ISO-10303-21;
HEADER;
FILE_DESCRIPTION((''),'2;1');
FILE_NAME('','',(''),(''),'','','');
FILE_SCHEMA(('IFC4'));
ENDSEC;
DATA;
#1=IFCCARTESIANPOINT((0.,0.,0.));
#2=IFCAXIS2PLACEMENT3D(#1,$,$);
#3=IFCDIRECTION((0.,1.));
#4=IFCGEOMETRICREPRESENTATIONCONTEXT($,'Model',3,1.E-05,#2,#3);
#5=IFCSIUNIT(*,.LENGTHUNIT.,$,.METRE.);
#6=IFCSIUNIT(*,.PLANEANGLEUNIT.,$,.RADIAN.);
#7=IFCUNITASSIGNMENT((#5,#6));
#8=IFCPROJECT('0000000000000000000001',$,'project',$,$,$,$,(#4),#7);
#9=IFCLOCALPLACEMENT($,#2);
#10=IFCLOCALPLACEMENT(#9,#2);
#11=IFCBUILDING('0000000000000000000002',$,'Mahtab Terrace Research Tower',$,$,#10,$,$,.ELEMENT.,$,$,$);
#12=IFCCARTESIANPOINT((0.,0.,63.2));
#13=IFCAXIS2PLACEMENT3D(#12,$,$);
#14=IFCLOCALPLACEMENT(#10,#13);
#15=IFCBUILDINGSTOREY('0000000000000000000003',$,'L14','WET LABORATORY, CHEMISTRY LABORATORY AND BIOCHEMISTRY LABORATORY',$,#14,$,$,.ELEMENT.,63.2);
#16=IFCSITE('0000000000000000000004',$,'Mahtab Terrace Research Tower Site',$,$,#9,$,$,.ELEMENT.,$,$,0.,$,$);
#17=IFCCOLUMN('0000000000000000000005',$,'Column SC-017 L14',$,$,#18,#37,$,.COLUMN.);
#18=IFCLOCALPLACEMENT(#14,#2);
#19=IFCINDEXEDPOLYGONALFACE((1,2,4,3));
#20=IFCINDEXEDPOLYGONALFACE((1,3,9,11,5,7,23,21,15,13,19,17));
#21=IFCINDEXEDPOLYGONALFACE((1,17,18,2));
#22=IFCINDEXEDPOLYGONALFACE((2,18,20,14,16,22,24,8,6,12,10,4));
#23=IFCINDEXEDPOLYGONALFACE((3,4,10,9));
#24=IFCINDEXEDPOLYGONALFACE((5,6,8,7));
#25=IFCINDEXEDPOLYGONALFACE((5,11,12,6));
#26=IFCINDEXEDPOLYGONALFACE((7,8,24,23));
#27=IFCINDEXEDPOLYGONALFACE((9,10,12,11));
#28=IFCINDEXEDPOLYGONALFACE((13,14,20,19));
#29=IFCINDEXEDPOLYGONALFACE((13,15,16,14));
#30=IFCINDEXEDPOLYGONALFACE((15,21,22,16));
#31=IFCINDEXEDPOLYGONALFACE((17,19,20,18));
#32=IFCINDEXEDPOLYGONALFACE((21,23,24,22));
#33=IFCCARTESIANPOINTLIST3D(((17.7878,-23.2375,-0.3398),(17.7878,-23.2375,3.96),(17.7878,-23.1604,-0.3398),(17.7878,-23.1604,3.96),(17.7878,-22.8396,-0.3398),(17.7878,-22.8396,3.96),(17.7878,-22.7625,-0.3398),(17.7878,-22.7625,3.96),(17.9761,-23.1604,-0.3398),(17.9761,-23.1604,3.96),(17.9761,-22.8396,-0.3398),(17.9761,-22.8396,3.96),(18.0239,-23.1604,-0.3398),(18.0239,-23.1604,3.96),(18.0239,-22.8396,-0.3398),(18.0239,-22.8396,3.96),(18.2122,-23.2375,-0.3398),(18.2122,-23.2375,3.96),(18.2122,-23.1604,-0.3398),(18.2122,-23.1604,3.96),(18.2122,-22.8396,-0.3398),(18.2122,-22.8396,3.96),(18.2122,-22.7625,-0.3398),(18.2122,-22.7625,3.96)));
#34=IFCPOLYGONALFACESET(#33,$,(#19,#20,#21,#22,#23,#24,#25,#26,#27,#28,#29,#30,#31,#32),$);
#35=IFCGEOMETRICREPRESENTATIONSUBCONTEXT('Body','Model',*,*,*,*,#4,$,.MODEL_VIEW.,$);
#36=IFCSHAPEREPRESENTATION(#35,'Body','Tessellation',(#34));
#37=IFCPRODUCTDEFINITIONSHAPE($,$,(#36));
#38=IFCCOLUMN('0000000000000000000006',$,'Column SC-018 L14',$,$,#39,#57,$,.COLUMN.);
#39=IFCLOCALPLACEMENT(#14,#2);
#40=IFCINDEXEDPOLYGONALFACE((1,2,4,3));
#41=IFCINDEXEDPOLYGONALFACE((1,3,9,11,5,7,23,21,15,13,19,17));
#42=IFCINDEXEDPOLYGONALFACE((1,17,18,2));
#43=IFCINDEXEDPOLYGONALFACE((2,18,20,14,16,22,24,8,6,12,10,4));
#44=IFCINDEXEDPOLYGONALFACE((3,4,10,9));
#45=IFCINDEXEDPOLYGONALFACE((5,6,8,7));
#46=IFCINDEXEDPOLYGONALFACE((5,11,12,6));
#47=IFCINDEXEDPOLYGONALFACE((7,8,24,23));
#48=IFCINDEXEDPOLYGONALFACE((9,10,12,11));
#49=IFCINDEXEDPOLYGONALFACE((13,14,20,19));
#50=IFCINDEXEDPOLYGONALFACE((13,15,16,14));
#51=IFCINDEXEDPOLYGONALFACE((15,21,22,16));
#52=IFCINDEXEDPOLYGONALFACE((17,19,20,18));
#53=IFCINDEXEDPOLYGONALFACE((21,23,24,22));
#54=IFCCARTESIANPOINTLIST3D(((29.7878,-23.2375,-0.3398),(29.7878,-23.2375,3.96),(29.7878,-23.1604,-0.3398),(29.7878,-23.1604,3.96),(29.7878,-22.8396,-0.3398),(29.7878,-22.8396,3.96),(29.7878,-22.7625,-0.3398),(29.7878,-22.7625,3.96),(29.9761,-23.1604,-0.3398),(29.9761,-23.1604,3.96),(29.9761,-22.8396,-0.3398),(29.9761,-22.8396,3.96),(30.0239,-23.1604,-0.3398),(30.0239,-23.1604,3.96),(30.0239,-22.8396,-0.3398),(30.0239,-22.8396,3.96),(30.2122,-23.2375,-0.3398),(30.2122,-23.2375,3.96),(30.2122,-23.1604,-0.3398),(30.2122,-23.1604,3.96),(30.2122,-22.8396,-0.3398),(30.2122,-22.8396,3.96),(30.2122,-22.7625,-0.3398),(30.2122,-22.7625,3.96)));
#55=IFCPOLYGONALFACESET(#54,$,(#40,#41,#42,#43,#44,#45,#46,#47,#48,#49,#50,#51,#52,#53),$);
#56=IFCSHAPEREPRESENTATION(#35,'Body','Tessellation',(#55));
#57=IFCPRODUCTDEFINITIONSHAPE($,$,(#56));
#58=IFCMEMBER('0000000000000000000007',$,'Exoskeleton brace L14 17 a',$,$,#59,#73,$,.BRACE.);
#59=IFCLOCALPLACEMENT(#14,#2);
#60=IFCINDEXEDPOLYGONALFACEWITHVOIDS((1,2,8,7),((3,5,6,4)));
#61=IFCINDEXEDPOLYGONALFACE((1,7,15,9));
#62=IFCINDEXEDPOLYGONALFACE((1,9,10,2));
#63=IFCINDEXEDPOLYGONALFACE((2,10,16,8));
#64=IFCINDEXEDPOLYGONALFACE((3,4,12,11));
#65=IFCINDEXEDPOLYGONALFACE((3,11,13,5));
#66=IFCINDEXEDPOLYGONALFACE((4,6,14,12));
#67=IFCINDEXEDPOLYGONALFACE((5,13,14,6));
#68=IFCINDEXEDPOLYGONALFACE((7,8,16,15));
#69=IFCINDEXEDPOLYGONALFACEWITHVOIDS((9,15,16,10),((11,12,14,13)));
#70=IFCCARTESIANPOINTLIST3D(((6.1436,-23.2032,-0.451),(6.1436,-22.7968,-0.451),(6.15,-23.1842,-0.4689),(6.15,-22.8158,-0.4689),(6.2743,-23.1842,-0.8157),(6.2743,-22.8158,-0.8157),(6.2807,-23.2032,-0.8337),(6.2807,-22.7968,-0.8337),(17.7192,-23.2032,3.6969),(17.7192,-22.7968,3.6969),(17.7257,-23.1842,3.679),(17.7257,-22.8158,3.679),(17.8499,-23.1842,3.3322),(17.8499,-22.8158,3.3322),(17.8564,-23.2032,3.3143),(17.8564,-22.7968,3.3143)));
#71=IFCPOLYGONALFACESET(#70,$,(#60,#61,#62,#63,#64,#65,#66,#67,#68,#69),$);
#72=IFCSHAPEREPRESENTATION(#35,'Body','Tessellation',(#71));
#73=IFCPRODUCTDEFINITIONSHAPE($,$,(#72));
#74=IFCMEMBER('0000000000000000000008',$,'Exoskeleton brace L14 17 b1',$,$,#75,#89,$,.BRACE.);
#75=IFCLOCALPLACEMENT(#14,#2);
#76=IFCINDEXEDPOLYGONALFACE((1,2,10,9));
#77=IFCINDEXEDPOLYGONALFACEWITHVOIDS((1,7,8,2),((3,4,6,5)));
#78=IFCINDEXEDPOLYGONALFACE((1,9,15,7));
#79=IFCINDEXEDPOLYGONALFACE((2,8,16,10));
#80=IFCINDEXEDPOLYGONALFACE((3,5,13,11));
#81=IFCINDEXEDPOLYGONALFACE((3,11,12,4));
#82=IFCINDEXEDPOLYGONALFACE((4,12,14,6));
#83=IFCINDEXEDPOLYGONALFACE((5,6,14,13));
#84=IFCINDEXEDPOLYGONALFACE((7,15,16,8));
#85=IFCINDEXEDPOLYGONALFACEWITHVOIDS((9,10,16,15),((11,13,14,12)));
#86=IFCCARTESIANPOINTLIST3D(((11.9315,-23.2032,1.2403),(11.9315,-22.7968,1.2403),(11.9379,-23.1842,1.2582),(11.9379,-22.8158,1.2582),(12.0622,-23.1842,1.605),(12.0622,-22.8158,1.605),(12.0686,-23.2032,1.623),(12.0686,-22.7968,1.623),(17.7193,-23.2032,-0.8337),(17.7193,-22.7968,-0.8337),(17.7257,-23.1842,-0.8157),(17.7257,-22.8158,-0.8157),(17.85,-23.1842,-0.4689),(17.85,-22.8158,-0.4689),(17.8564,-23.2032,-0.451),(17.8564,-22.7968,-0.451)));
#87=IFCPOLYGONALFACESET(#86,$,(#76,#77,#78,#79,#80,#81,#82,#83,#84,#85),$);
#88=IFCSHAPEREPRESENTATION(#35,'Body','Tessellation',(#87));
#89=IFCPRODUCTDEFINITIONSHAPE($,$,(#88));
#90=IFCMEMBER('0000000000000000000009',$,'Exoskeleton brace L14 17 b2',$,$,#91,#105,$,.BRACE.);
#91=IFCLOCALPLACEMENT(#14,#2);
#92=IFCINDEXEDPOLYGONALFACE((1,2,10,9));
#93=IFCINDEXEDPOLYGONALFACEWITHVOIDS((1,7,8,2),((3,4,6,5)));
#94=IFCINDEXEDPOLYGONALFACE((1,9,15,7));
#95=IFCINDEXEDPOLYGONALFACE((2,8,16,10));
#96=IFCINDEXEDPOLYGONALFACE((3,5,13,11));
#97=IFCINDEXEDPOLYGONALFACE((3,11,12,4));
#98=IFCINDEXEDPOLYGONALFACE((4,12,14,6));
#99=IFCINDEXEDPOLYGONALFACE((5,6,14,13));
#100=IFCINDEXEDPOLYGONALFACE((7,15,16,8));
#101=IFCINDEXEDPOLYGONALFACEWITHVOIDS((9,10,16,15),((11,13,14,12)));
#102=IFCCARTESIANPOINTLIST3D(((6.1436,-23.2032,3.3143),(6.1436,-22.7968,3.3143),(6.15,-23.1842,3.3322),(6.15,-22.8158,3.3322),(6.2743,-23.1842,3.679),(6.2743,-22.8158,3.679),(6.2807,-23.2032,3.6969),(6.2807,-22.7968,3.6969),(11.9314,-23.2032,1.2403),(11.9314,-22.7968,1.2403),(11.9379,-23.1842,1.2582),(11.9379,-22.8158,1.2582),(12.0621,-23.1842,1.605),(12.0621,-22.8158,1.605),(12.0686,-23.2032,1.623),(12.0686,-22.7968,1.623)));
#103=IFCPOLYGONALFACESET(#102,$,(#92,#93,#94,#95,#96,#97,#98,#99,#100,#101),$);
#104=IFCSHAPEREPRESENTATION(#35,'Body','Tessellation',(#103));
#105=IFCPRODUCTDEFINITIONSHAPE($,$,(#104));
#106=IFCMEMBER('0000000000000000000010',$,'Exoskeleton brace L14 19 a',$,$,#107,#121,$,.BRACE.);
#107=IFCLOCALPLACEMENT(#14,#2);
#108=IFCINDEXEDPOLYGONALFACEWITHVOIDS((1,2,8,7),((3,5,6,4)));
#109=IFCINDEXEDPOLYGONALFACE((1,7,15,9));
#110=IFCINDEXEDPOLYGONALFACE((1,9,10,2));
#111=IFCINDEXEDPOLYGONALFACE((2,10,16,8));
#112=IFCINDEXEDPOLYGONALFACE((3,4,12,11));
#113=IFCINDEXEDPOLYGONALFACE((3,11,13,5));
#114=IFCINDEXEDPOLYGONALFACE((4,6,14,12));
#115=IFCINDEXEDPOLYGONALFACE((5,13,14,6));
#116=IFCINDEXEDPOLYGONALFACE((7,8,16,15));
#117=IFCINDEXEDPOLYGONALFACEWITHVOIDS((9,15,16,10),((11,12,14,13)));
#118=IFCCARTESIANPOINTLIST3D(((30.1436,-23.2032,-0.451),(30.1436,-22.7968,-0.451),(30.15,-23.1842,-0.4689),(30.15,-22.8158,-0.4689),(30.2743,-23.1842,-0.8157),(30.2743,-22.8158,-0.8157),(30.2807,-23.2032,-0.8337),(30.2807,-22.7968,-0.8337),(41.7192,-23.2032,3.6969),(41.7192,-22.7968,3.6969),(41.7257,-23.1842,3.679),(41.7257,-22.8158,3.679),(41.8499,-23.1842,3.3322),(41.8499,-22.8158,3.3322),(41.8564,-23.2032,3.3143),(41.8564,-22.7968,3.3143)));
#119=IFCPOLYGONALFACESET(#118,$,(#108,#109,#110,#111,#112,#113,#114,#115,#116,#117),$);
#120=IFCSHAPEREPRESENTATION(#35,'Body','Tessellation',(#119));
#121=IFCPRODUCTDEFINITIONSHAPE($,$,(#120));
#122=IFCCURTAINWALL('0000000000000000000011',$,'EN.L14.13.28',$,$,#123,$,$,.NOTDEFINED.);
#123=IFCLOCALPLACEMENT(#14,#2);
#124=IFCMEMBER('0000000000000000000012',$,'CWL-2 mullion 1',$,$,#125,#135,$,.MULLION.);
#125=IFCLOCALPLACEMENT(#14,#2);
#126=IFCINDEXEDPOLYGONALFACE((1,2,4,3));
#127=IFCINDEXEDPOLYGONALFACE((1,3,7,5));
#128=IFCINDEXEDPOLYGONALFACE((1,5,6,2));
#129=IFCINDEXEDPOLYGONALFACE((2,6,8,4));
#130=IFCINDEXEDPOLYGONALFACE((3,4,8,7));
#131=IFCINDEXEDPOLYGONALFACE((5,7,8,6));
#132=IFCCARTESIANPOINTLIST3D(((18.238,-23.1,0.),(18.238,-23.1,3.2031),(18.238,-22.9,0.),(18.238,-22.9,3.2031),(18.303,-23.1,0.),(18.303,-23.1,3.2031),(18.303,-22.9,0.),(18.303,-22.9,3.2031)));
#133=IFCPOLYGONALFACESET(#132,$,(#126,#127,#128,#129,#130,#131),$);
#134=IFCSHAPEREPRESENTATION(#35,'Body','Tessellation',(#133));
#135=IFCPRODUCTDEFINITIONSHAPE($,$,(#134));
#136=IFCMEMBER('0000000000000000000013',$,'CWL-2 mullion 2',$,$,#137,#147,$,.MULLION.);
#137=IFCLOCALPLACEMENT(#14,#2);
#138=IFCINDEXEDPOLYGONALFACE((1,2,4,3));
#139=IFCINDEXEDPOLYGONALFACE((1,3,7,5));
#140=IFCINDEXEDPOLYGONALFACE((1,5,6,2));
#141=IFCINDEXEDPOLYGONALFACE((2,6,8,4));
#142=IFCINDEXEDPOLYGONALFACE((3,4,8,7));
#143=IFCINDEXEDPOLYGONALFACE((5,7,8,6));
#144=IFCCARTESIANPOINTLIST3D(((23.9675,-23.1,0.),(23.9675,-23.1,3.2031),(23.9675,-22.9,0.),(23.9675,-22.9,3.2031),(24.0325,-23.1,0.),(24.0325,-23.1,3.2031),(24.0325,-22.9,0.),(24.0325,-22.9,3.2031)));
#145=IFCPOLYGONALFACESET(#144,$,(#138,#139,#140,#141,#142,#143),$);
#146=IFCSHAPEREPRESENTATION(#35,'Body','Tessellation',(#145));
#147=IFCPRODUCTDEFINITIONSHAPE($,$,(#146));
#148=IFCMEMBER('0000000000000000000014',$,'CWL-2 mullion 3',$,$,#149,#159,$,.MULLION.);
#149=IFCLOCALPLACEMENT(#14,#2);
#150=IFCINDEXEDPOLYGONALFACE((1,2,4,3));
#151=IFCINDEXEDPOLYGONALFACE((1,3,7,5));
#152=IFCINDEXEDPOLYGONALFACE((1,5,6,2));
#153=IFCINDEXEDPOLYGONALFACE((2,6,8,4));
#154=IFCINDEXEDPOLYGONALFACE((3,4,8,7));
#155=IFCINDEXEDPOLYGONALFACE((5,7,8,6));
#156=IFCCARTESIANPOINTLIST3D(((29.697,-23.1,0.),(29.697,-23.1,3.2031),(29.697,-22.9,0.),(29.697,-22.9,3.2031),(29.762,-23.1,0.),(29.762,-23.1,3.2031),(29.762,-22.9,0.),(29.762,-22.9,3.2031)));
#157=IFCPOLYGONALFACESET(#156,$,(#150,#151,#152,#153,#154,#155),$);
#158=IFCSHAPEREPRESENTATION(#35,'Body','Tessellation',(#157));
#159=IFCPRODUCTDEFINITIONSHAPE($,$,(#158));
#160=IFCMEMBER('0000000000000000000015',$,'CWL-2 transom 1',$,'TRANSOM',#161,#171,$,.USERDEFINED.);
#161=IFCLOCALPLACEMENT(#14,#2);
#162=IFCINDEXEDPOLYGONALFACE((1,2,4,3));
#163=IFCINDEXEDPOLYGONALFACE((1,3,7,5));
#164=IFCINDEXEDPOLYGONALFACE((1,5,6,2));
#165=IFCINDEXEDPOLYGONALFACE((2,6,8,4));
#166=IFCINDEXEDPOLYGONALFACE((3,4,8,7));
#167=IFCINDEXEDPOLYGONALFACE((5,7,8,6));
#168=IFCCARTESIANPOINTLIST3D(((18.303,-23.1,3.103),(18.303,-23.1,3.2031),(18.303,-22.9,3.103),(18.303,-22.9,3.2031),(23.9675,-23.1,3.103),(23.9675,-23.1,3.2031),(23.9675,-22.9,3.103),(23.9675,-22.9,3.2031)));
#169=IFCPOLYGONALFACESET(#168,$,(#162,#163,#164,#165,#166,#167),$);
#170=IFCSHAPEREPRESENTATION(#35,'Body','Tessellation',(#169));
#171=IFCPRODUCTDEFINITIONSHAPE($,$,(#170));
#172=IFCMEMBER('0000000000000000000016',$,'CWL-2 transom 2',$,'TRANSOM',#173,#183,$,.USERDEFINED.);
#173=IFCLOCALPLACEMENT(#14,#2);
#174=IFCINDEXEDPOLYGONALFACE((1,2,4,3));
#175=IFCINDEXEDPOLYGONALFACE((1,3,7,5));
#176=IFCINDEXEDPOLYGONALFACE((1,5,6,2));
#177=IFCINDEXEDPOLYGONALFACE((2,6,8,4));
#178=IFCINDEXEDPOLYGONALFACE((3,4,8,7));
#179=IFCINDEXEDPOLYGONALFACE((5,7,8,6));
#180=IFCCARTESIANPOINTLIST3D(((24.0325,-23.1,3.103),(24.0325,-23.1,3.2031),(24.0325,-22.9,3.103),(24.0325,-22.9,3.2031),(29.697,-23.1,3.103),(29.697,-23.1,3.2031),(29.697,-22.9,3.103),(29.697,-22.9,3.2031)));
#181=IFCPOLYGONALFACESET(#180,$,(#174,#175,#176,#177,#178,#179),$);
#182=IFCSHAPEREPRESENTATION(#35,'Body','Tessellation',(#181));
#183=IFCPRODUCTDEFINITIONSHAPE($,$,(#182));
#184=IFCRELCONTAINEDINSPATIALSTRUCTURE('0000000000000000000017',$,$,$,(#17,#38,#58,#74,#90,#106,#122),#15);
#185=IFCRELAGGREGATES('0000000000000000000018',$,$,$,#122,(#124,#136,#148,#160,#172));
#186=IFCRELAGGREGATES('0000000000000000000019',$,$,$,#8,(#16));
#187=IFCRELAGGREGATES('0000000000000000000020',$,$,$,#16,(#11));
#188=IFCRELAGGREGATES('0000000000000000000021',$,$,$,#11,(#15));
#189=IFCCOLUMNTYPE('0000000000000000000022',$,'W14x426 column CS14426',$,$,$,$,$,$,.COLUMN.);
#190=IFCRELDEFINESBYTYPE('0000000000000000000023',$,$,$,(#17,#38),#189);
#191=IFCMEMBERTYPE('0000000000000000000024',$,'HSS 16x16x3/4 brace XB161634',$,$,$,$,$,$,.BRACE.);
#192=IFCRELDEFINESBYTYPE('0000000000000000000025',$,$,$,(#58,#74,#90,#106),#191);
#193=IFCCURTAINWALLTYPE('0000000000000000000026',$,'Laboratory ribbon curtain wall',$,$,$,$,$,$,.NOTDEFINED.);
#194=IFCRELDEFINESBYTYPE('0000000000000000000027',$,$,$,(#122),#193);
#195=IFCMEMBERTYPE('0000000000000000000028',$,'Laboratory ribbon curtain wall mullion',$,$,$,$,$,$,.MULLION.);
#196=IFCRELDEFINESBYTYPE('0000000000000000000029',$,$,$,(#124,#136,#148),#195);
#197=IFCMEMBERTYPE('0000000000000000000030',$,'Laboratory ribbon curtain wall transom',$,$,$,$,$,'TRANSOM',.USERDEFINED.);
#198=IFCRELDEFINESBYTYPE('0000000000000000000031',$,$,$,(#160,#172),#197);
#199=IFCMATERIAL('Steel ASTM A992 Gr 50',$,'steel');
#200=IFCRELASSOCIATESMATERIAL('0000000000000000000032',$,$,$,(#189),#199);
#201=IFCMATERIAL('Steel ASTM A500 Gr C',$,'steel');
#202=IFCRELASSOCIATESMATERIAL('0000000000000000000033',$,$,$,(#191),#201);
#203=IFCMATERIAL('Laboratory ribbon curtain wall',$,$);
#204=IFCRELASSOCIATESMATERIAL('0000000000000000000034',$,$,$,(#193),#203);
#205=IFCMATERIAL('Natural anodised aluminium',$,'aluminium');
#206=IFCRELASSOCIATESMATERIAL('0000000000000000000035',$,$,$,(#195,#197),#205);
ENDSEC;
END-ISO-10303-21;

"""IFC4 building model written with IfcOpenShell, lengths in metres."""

from ifc_helpers import new_model, si_unit, direction, frame, origin, origin_2d, place, context, subcontext, project, spatial, rectangle, hollow_rectangle, i_section, extrude, material, material_profile, profile_set, type_object, element, aggregate, save


model = new_model("IFC4")

# Units and contexts
model_context = context("Model", 3, precision=1e-05, world=origin(), true_north=direction((0.0, 1.0)))
body_context = subcontext(model_context, "Body", "Model", "MODEL_VIEW")
ifc_project = project(units=[si_unit("LENGTHUNIT", "METRE"), si_unit("PLANEANGLEUNIT", "RADIAN")], contexts=[model_context])

# Site, building, storey
site_placement = place(None, origin())
site = spatial("IfcSite", under=ifc_project, at=site_placement, Name="Mahtab Terrace Research Tower Site", CompositionType="ELEMENT", RefElevation=0.0)
building_placement = place(site_placement, origin())
building = spatial("IfcBuilding", under=site, at=building_placement, Name="Mahtab Terrace Research Tower", CompositionType="ELEMENT")
storey_placement = place(building_placement, frame((0.0, 0.0, 63.2)))
storey = spatial("IfcBuildingStorey", under=building, at=storey_placement, Name="L14", Description="WET LABORATORY, CHEMISTRY LABORATORY AND BIOCHEMISTRY LABORATORY", CompositionType="ELEMENT", Elevation=63.2)

# Columns
ifc_material_1 = material(Name="Steel ASTM A992 Gr 50", Category="steel")
ifc_material_profile_1 = material_profile(ifc_material_1, i_section(OverallWidth=0.4243, OverallDepth=0.4751, WebThickness=0.0479, FlangeThickness=0.0771, at=origin_2d()), Name="W14X426")
ifc_profile_set_1 = profile_set([ifc_material_profile_1], Name="Steel ASTM A992 Gr 50")
column_type = type_object("IfcColumnType", Name="W14x426 column CS14426", PredefinedType="COLUMN", material=ifc_profile_set_1)
for number, where, z_axis, x_axis, name in (
    (1, (18.0, -23.0, -0.3398), (0.0, 0.0, 1.0), (1.0, 0.0, 0.0), "Column SC-017 L14"),
    (2, (30.0, -23.0, -0.3398), (0.0, 0.0, 1.0), (1.0, 0.0, 0.0), "Column SC-018 L14"),
):
    element("IfcColumn", number, at=place(storey_placement, frame(where, z_axis=z_axis, x_axis=x_axis)), inside=storey, type_object=column_type, Name=name, PredefinedType="COLUMN", context=body_context, shape_type="SweptSolid", body=[
        extrude(i_section(OverallWidth=0.4243, OverallDepth=0.4751, WebThickness=0.0479, FlangeThickness=0.0771, at=origin_2d()), origin(), (0.0, 0.0, 1.0), 4.2998),
    ])

# Members
ifc_material_2 = material(Name="Steel ASTM A500 Gr C", Category="steel")
ifc_material_profile_2 = material_profile(ifc_material_2, hollow_rectangle(XDim=0.4065, YDim=0.4065, WallThickness=0.019, at=origin_2d()), Name="HSS16X16X3/4")
ifc_profile_set_2 = profile_set([ifc_material_profile_2], Name="Steel ASTM A500 Gr C")
member_type_1 = type_object("IfcMemberType", Name="HSS 16x16x3/4 brace XB161634", PredefinedType="BRACE", material=ifc_profile_set_2)
member_1_placement = place(storey_placement, frame((6.2122, -23.0, -0.6423), z_axis=(0.941387, 0.0, 0.33733), x_axis=(0.0, 1.0, 0.0)))
element("IfcMember", 3, at=member_1_placement, inside=storey, type_object=member_type_1, Name="Exoskeleton brace L14 17 a", PredefinedType="BRACE", context=body_context, shape_type="SweptSolid", body=[
    extrude(hollow_rectangle(XDim=0.4065, YDim=0.4065, WallThickness=0.019, at=origin_2d()), origin(), (0.0, 0.0, 1.0), 12.2964),
])
for number, where, z_axis, x_axis, name in (
    (4, (17.7878, -23.0, -0.6423), (-0.941387, 0.0, 0.33733), (0.0, -1.0, 0.0), "Exoskeleton brace L14 17 b1"),
    (5, (12.0, -23.0, 1.4316), (-0.941387, 0.0, 0.33733), (0.0, -1.0, 0.0), "Exoskeleton brace L14 17 b2"),
):
    element("IfcMember", number, at=place(storey_placement, frame(where, z_axis=z_axis, x_axis=x_axis)), inside=storey, type_object=member_type_1, Name=name, PredefinedType="BRACE", context=body_context, shape_type="SweptSolid", body=[
        extrude(hollow_rectangle(XDim=0.4065, YDim=0.4065, WallThickness=0.019, at=origin_2d()), origin(), (0.0, 0.0, 1.0), 6.1482),
    ])
member_2_placement = place(storey_placement, frame((30.2122, -23.0, -0.6423), z_axis=(0.941387, 0.0, 0.33733), x_axis=(0.0, 1.0, 0.0)))
element("IfcMember", 6, at=member_2_placement, inside=storey, type_object=member_type_1, Name="Exoskeleton brace L14 19 a", PredefinedType="BRACE", context=body_context, shape_type="SweptSolid", body=[
    extrude(hollow_rectangle(XDim=0.4065, YDim=0.4065, WallThickness=0.019, at=origin_2d()), origin(), (0.0, 0.0, 1.0), 12.2964),
])

# Curtain wall, members
ifc_material_3 = material(Name="Laboratory ribbon curtain wall")
curtain_wall_type = type_object("IfcCurtainWallType", Name="Laboratory ribbon curtain wall", PredefinedType="NOTDEFINED", material=ifc_material_3)
curtain_wall_placement = place(storey_placement, origin())
curtain_wall = element("IfcCurtainWall", 7, at=curtain_wall_placement, inside=storey, type_object=curtain_wall_type, Name="EN.L14.13.28", PredefinedType="NOTDEFINED")
ifc_material_4 = material(Name="Natural anodised aluminium", Category="aluminium")
ifc_material_profile_3 = material_profile(ifc_material_4, rectangle(XDim=0.2, YDim=0.0649, at=origin_2d()), Name="MULLION 65x200")
ifc_profile_set_3 = profile_set([ifc_material_profile_3], Name="Natural anodised aluminium")
member_type_2 = type_object("IfcMemberType", Name="Laboratory ribbon curtain wall mullion", PredefinedType="MULLION", material=ifc_profile_set_3)
member_3_placement = place(storey_placement, frame((18.2705, -23.0, 0.0), z_axis=(0.0, 0.0, 1.0), x_axis=(0.0, 1.0, 0.0)))
member_3 = element("IfcMember", 8, at=member_3_placement, type_object=member_type_2, Name="CWL-2 mullion 1", PredefinedType="MULLION", context=body_context, shape_type="SweptSolid", body=[
    extrude(rectangle(XDim=0.2, YDim=0.0649, at=origin_2d()), origin(), (0.0, 0.0, 1.0), 3.2031),
])
member_4_placement = place(storey_placement, frame((24.0, -23.0, 0.0), z_axis=(0.0, 0.0, 1.0), x_axis=(0.0, 1.0, 0.0)))
member_4 = element("IfcMember", 9, at=member_4_placement, type_object=member_type_2, Name="CWL-2 mullion 2", PredefinedType="MULLION", context=body_context, shape_type="SweptSolid", body=[
    extrude(rectangle(XDim=0.2, YDim=0.0649, at=origin_2d()), origin(), (0.0, 0.0, 1.0), 3.2031),
])
member_5_placement = place(storey_placement, frame((29.7295, -23.0, 0.0), z_axis=(0.0, 0.0, 1.0), x_axis=(0.0, 1.0, 0.0)))
member_5 = element("IfcMember", 10, at=member_5_placement, type_object=member_type_2, Name="CWL-2 mullion 3", PredefinedType="MULLION", context=body_context, shape_type="SweptSolid", body=[
    extrude(rectangle(XDim=0.2, YDim=0.0649, at=origin_2d()), origin(), (0.0, 0.0, 1.0), 3.2031),
])
ifc_material_profile_4 = material_profile(ifc_material_4, rectangle(XDim=0.2, YDim=0.1001, at=origin_2d()), Name="TRANSOM 100x200")
ifc_profile_set_4 = profile_set([ifc_material_profile_4], Name="Natural anodised aluminium")
member_type_3 = type_object("IfcMemberType", Name="Laboratory ribbon curtain wall transom", ElementType="TRANSOM", PredefinedType="USERDEFINED", material=ifc_profile_set_4)
member_6_placement = place(storey_placement, frame((18.303, -23.0, 3.1531), z_axis=(1.0, 0.0, 0.0), x_axis=(0.0, 1.0, 0.0)))
member_6 = element("IfcMember", 11, at=member_6_placement, type_object=member_type_3, Name="CWL-2 transom 1", ObjectType="TRANSOM", PredefinedType="USERDEFINED", context=body_context, shape_type="SweptSolid", body=[
    extrude(rectangle(XDim=0.2, YDim=0.1001, at=origin_2d()), origin(), (0.0, 0.0, 1.0), 5.6646),
])
member_7_placement = place(storey_placement, frame((24.0325, -23.0, 3.1531), z_axis=(1.0, 0.0, 0.0), x_axis=(0.0, 1.0, 0.0)))
member_7 = element("IfcMember", 12, at=member_7_placement, type_object=member_type_3, Name="CWL-2 transom 2", ObjectType="TRANSOM", PredefinedType="USERDEFINED", context=body_context, shape_type="SweptSolid", body=[
    extrude(rectangle(XDim=0.2, YDim=0.1001, at=origin_2d()), origin(), (0.0, 0.0, 1.0), 5.6646),
])

aggregate(curtain_wall, [member_3, member_4, member_5, member_6, member_7])

save(model, "model.ifc")
